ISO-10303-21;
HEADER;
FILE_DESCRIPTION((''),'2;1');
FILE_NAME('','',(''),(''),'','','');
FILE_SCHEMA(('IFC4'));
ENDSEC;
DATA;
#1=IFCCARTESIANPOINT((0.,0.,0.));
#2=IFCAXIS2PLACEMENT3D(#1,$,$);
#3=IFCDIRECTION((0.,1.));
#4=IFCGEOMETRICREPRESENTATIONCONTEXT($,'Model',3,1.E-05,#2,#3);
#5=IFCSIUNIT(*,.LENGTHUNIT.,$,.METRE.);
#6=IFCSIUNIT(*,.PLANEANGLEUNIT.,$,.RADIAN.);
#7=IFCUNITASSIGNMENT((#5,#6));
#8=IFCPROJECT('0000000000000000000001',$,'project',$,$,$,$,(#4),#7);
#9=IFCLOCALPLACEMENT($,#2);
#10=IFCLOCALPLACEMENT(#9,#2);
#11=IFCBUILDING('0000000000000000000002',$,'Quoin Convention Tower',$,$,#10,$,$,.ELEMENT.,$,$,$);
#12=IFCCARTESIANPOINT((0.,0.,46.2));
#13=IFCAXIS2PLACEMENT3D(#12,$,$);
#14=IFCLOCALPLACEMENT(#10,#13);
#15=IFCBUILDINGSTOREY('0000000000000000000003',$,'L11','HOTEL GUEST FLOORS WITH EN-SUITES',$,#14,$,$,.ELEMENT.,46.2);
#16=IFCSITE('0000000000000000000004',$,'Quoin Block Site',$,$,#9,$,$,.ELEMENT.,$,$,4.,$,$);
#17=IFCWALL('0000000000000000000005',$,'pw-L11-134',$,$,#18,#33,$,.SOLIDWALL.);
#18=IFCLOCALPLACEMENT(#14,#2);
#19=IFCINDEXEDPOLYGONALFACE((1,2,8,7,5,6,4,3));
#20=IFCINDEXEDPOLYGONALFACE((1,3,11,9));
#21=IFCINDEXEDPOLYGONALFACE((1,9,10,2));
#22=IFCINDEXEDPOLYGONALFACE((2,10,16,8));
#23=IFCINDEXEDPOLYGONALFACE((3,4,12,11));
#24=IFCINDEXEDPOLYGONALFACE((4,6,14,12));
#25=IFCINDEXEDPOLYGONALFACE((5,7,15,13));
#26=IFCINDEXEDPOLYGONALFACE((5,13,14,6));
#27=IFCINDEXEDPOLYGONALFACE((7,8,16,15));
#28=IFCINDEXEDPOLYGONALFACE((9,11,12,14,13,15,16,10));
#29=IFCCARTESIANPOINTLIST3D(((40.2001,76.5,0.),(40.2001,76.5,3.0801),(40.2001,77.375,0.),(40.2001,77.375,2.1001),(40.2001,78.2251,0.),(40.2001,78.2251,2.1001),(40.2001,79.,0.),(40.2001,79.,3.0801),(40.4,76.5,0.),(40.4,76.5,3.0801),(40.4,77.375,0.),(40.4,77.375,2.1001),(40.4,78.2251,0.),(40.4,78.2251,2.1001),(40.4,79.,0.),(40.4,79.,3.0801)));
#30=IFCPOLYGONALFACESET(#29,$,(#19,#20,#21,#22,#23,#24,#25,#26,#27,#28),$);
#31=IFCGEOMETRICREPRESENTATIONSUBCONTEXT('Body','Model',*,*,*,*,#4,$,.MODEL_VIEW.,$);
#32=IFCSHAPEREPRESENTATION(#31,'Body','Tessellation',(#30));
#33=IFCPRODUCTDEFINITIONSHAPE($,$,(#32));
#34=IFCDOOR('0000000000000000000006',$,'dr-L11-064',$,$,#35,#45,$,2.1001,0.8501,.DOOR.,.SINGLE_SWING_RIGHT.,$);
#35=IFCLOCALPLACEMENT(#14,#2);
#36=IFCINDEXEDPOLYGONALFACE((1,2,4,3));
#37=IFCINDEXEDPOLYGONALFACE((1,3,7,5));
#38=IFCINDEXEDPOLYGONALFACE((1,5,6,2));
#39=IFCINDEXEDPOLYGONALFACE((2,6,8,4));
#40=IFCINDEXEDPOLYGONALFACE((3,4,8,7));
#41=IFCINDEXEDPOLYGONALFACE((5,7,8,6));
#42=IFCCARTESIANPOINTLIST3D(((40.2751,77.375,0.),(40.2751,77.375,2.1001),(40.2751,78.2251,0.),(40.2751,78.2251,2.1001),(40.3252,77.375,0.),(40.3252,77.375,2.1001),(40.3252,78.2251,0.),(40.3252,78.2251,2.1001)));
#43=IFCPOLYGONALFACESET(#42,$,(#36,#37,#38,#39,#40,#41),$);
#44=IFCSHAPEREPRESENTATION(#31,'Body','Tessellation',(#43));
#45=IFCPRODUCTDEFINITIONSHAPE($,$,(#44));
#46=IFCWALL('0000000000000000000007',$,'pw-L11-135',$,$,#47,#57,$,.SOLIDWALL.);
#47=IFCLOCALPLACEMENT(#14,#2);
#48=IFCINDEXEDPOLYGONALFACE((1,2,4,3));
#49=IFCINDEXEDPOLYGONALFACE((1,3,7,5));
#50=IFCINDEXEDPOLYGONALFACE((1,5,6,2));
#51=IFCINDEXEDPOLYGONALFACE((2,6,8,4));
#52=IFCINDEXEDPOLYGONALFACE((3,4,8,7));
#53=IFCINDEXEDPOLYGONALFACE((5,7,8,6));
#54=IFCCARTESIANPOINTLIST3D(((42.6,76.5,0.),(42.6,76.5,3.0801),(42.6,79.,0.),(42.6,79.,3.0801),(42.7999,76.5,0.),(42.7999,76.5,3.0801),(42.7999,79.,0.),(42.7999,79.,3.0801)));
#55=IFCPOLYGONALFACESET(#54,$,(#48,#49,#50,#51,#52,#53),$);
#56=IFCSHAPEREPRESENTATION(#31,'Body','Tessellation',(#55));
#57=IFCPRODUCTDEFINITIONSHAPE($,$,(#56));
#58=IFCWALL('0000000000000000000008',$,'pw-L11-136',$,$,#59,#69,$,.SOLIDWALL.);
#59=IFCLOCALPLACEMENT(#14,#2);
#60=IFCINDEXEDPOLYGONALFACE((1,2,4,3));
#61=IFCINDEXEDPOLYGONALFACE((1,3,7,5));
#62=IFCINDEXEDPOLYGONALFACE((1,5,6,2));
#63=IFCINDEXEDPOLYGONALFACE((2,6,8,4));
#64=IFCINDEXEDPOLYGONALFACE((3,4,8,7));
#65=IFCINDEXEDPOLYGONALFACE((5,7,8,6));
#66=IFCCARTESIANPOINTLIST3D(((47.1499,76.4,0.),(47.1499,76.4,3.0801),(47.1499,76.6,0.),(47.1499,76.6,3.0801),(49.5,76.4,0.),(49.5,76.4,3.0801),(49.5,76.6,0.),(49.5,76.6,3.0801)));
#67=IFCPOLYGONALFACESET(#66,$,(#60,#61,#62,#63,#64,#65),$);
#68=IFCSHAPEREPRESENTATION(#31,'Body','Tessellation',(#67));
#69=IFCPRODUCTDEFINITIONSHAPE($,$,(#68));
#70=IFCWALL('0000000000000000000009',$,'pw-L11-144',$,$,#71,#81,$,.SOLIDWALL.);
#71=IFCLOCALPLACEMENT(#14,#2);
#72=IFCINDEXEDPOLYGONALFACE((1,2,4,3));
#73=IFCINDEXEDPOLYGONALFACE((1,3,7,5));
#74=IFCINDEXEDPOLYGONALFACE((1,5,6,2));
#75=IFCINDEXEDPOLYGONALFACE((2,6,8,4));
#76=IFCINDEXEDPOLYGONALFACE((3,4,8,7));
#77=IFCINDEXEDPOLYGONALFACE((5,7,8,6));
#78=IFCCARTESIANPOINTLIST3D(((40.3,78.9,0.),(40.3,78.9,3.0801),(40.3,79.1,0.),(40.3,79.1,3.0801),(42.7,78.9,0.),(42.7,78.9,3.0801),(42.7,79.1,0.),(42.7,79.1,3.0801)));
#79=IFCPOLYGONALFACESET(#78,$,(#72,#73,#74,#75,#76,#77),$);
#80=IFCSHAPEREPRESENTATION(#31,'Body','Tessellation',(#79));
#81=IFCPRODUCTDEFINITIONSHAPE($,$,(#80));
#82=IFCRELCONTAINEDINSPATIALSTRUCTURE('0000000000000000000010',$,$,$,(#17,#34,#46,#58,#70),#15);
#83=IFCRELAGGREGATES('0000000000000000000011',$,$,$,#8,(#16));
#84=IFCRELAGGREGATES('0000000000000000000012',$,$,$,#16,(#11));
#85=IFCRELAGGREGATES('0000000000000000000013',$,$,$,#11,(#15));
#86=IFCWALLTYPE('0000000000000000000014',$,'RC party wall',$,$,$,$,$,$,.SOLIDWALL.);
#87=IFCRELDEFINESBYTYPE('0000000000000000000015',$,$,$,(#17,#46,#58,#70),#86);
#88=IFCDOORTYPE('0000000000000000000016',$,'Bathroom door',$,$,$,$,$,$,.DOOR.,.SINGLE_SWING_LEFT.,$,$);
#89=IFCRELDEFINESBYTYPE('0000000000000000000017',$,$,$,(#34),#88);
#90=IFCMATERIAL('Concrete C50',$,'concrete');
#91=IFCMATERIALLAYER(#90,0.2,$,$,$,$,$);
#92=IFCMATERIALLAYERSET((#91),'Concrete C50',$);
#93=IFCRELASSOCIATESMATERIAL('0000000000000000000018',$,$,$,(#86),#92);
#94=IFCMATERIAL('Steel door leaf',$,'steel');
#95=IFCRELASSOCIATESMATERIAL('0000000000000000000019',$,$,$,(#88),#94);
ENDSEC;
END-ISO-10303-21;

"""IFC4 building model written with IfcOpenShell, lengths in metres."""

from ifc_helpers import new_model, si_unit, direction, frame, frame_2d, origin, place, context, subcontext, project, spatial, rectangle, extrude, material, layer, layer_set, type_object, element, fill, save


model = new_model("IFC4")

# Units and contexts
model_context = context("Model", 3, precision=1e-05, world=origin(), true_north=direction((0.0, 1.0)))
body_context = subcontext(model_context, "Body", "Model", "MODEL_VIEW")
ifc_project = project(units=[si_unit("LENGTHUNIT", "METRE"), si_unit("PLANEANGLEUNIT", "RADIAN")], contexts=[model_context])

# Site, building, storey
site_placement = place(None, origin())
site = spatial("IfcSite", under=ifc_project, at=site_placement, Name="Quoin Block Site", CompositionType="ELEMENT", RefElevation=4.0)
building_placement = place(site_placement, origin())
building = spatial("IfcBuilding", under=site, at=building_placement, Name="Quoin Convention Tower", CompositionType="ELEMENT")
storey_placement = place(building_placement, frame((0.0, 0.0, 46.2)))
storey = spatial("IfcBuildingStorey", under=building, at=storey_placement, Name="L11", Description="HOTEL GUEST FLOORS WITH EN-SUITES", CompositionType="ELEMENT", Elevation=46.2)

# Shared definitions
ifc_material_1 = material(Name="Concrete C50", Category="concrete")
ifc_layer_1 = layer(ifc_material_1, 0.2)
ifc_layer_set_1 = layer_set([ifc_layer_1], Name="Concrete C50")
wall_type_1 = type_object("IfcWallType", Name="RC party wall", PredefinedType="SOLIDWALL", material=ifc_layer_set_1)

# Shared definitions
ifc_material_2 = material(Name="Steel door leaf", Category="steel")
door_type = type_object("IfcDoorType", Name="Bathroom door", OperationType="SINGLE_SWING_LEFT", PredefinedType="DOOR", material=ifc_material_2)

# Wall, opening, door
wall_1_placement = place(storey_placement, frame((40.3, 76.5, 0.0), z_axis=(0.0, 0.0, 1.0), x_axis=(0.0, 1.0, 0.0)))
wall_1 = element("IfcWall", 1, at=wall_1_placement, inside=storey, type_object=wall_type_1, Name="pw-L11-134", PredefinedType="SOLIDWALL", context=body_context, shape_type="SweptSolid", body=[
    extrude(rectangle(XDim=2.5, YDim=0.2, at=frame_2d((1.25, 0.0))), origin(), (0.0, 0.0, 1.0), 3.0801),
])
opening_1_placement = place(wall_1_placement, frame((0.875, 0.0, 0.0)))
opening_1 = element("IfcOpeningElement", 2, at=opening_1_placement, cuts=wall_1, PredefinedType="OPENING", context=body_context, shape_type="SweptSolid", body=[
    extrude(rectangle(XDim=0.8501, YDim=2.1001, at=frame_2d((0.425, 1.05))), frame((0.0, 0.1099, 0.0), z_axis=(0.0, -1.0, 0.0), x_axis=(1.0, 0.0, 0.0)), (0.0, 0.0, 1.0), 0.22),
])
door_1_placement = place(opening_1_placement, origin())
door_1 = element("IfcDoor", 3, at=door_1_placement, inside=storey, type_object=door_type, Name="dr-L11-064", OperationType="SINGLE_SWING_RIGHT", OverallHeight=2.1001, OverallWidth=0.8501, PredefinedType="DOOR", context=body_context, shape_type="SweptSolid", body=[
    extrude(rectangle(XDim=0.8501, YDim=2.1001, at=frame_2d((0.425, 1.05))), frame((0.0, 0.0249, 0.0), z_axis=(0.0, -1.0, 0.0), x_axis=(1.0, 0.0, 0.0)), (0.0, 0.0, 1.0), 0.05),
])
fill(opening_1, door_1)

# Walls
wall_2_placement = place(storey_placement, frame((42.7, 76.5, 0.0), z_axis=(0.0, 0.0, 1.0), x_axis=(0.0, 1.0, 0.0)))
element("IfcWall", 4, at=wall_2_placement, inside=storey, type_object=wall_type_1, Name="pw-L11-135", PredefinedType="SOLIDWALL", context=body_context, shape_type="SweptSolid", body=[
    extrude(rectangle(XDim=2.5, YDim=0.2, at=frame_2d((1.25, 0.0))), origin(), (0.0, 0.0, 1.0), 3.0801),
])
wall_3_placement = place(storey_placement, frame((47.1499, 76.5, 0.0), z_axis=(0.0, 0.0, 1.0), x_axis=(1.0, 0.0, 0.0)))
element("IfcWall", 5, at=wall_3_placement, inside=storey, type_object=wall_type_1, Name="pw-L11-136", PredefinedType="SOLIDWALL", context=body_context, shape_type="SweptSolid", body=[
    extrude(rectangle(XDim=2.3501, YDim=0.2, at=frame_2d((1.175, 0.0))), origin(), (0.0, 0.0, 1.0), 3.0801),
])
wall_4_placement = place(storey_placement, frame((40.3, 79.0, 0.0), z_axis=(0.0, 0.0, 1.0), x_axis=(1.0, 0.0, 0.0)))
element("IfcWall", 6, at=wall_4_placement, inside=storey, type_object=wall_type_1, Name="pw-L11-144", PredefinedType="SOLIDWALL", context=body_context, shape_type="SweptSolid", body=[
    extrude(rectangle(XDim=2.3999, YDim=0.2, at=frame_2d((1.2, 0.0))), origin(), (0.0, 0.0, 1.0), 3.0801),
])

save(model, "model.ifc")
